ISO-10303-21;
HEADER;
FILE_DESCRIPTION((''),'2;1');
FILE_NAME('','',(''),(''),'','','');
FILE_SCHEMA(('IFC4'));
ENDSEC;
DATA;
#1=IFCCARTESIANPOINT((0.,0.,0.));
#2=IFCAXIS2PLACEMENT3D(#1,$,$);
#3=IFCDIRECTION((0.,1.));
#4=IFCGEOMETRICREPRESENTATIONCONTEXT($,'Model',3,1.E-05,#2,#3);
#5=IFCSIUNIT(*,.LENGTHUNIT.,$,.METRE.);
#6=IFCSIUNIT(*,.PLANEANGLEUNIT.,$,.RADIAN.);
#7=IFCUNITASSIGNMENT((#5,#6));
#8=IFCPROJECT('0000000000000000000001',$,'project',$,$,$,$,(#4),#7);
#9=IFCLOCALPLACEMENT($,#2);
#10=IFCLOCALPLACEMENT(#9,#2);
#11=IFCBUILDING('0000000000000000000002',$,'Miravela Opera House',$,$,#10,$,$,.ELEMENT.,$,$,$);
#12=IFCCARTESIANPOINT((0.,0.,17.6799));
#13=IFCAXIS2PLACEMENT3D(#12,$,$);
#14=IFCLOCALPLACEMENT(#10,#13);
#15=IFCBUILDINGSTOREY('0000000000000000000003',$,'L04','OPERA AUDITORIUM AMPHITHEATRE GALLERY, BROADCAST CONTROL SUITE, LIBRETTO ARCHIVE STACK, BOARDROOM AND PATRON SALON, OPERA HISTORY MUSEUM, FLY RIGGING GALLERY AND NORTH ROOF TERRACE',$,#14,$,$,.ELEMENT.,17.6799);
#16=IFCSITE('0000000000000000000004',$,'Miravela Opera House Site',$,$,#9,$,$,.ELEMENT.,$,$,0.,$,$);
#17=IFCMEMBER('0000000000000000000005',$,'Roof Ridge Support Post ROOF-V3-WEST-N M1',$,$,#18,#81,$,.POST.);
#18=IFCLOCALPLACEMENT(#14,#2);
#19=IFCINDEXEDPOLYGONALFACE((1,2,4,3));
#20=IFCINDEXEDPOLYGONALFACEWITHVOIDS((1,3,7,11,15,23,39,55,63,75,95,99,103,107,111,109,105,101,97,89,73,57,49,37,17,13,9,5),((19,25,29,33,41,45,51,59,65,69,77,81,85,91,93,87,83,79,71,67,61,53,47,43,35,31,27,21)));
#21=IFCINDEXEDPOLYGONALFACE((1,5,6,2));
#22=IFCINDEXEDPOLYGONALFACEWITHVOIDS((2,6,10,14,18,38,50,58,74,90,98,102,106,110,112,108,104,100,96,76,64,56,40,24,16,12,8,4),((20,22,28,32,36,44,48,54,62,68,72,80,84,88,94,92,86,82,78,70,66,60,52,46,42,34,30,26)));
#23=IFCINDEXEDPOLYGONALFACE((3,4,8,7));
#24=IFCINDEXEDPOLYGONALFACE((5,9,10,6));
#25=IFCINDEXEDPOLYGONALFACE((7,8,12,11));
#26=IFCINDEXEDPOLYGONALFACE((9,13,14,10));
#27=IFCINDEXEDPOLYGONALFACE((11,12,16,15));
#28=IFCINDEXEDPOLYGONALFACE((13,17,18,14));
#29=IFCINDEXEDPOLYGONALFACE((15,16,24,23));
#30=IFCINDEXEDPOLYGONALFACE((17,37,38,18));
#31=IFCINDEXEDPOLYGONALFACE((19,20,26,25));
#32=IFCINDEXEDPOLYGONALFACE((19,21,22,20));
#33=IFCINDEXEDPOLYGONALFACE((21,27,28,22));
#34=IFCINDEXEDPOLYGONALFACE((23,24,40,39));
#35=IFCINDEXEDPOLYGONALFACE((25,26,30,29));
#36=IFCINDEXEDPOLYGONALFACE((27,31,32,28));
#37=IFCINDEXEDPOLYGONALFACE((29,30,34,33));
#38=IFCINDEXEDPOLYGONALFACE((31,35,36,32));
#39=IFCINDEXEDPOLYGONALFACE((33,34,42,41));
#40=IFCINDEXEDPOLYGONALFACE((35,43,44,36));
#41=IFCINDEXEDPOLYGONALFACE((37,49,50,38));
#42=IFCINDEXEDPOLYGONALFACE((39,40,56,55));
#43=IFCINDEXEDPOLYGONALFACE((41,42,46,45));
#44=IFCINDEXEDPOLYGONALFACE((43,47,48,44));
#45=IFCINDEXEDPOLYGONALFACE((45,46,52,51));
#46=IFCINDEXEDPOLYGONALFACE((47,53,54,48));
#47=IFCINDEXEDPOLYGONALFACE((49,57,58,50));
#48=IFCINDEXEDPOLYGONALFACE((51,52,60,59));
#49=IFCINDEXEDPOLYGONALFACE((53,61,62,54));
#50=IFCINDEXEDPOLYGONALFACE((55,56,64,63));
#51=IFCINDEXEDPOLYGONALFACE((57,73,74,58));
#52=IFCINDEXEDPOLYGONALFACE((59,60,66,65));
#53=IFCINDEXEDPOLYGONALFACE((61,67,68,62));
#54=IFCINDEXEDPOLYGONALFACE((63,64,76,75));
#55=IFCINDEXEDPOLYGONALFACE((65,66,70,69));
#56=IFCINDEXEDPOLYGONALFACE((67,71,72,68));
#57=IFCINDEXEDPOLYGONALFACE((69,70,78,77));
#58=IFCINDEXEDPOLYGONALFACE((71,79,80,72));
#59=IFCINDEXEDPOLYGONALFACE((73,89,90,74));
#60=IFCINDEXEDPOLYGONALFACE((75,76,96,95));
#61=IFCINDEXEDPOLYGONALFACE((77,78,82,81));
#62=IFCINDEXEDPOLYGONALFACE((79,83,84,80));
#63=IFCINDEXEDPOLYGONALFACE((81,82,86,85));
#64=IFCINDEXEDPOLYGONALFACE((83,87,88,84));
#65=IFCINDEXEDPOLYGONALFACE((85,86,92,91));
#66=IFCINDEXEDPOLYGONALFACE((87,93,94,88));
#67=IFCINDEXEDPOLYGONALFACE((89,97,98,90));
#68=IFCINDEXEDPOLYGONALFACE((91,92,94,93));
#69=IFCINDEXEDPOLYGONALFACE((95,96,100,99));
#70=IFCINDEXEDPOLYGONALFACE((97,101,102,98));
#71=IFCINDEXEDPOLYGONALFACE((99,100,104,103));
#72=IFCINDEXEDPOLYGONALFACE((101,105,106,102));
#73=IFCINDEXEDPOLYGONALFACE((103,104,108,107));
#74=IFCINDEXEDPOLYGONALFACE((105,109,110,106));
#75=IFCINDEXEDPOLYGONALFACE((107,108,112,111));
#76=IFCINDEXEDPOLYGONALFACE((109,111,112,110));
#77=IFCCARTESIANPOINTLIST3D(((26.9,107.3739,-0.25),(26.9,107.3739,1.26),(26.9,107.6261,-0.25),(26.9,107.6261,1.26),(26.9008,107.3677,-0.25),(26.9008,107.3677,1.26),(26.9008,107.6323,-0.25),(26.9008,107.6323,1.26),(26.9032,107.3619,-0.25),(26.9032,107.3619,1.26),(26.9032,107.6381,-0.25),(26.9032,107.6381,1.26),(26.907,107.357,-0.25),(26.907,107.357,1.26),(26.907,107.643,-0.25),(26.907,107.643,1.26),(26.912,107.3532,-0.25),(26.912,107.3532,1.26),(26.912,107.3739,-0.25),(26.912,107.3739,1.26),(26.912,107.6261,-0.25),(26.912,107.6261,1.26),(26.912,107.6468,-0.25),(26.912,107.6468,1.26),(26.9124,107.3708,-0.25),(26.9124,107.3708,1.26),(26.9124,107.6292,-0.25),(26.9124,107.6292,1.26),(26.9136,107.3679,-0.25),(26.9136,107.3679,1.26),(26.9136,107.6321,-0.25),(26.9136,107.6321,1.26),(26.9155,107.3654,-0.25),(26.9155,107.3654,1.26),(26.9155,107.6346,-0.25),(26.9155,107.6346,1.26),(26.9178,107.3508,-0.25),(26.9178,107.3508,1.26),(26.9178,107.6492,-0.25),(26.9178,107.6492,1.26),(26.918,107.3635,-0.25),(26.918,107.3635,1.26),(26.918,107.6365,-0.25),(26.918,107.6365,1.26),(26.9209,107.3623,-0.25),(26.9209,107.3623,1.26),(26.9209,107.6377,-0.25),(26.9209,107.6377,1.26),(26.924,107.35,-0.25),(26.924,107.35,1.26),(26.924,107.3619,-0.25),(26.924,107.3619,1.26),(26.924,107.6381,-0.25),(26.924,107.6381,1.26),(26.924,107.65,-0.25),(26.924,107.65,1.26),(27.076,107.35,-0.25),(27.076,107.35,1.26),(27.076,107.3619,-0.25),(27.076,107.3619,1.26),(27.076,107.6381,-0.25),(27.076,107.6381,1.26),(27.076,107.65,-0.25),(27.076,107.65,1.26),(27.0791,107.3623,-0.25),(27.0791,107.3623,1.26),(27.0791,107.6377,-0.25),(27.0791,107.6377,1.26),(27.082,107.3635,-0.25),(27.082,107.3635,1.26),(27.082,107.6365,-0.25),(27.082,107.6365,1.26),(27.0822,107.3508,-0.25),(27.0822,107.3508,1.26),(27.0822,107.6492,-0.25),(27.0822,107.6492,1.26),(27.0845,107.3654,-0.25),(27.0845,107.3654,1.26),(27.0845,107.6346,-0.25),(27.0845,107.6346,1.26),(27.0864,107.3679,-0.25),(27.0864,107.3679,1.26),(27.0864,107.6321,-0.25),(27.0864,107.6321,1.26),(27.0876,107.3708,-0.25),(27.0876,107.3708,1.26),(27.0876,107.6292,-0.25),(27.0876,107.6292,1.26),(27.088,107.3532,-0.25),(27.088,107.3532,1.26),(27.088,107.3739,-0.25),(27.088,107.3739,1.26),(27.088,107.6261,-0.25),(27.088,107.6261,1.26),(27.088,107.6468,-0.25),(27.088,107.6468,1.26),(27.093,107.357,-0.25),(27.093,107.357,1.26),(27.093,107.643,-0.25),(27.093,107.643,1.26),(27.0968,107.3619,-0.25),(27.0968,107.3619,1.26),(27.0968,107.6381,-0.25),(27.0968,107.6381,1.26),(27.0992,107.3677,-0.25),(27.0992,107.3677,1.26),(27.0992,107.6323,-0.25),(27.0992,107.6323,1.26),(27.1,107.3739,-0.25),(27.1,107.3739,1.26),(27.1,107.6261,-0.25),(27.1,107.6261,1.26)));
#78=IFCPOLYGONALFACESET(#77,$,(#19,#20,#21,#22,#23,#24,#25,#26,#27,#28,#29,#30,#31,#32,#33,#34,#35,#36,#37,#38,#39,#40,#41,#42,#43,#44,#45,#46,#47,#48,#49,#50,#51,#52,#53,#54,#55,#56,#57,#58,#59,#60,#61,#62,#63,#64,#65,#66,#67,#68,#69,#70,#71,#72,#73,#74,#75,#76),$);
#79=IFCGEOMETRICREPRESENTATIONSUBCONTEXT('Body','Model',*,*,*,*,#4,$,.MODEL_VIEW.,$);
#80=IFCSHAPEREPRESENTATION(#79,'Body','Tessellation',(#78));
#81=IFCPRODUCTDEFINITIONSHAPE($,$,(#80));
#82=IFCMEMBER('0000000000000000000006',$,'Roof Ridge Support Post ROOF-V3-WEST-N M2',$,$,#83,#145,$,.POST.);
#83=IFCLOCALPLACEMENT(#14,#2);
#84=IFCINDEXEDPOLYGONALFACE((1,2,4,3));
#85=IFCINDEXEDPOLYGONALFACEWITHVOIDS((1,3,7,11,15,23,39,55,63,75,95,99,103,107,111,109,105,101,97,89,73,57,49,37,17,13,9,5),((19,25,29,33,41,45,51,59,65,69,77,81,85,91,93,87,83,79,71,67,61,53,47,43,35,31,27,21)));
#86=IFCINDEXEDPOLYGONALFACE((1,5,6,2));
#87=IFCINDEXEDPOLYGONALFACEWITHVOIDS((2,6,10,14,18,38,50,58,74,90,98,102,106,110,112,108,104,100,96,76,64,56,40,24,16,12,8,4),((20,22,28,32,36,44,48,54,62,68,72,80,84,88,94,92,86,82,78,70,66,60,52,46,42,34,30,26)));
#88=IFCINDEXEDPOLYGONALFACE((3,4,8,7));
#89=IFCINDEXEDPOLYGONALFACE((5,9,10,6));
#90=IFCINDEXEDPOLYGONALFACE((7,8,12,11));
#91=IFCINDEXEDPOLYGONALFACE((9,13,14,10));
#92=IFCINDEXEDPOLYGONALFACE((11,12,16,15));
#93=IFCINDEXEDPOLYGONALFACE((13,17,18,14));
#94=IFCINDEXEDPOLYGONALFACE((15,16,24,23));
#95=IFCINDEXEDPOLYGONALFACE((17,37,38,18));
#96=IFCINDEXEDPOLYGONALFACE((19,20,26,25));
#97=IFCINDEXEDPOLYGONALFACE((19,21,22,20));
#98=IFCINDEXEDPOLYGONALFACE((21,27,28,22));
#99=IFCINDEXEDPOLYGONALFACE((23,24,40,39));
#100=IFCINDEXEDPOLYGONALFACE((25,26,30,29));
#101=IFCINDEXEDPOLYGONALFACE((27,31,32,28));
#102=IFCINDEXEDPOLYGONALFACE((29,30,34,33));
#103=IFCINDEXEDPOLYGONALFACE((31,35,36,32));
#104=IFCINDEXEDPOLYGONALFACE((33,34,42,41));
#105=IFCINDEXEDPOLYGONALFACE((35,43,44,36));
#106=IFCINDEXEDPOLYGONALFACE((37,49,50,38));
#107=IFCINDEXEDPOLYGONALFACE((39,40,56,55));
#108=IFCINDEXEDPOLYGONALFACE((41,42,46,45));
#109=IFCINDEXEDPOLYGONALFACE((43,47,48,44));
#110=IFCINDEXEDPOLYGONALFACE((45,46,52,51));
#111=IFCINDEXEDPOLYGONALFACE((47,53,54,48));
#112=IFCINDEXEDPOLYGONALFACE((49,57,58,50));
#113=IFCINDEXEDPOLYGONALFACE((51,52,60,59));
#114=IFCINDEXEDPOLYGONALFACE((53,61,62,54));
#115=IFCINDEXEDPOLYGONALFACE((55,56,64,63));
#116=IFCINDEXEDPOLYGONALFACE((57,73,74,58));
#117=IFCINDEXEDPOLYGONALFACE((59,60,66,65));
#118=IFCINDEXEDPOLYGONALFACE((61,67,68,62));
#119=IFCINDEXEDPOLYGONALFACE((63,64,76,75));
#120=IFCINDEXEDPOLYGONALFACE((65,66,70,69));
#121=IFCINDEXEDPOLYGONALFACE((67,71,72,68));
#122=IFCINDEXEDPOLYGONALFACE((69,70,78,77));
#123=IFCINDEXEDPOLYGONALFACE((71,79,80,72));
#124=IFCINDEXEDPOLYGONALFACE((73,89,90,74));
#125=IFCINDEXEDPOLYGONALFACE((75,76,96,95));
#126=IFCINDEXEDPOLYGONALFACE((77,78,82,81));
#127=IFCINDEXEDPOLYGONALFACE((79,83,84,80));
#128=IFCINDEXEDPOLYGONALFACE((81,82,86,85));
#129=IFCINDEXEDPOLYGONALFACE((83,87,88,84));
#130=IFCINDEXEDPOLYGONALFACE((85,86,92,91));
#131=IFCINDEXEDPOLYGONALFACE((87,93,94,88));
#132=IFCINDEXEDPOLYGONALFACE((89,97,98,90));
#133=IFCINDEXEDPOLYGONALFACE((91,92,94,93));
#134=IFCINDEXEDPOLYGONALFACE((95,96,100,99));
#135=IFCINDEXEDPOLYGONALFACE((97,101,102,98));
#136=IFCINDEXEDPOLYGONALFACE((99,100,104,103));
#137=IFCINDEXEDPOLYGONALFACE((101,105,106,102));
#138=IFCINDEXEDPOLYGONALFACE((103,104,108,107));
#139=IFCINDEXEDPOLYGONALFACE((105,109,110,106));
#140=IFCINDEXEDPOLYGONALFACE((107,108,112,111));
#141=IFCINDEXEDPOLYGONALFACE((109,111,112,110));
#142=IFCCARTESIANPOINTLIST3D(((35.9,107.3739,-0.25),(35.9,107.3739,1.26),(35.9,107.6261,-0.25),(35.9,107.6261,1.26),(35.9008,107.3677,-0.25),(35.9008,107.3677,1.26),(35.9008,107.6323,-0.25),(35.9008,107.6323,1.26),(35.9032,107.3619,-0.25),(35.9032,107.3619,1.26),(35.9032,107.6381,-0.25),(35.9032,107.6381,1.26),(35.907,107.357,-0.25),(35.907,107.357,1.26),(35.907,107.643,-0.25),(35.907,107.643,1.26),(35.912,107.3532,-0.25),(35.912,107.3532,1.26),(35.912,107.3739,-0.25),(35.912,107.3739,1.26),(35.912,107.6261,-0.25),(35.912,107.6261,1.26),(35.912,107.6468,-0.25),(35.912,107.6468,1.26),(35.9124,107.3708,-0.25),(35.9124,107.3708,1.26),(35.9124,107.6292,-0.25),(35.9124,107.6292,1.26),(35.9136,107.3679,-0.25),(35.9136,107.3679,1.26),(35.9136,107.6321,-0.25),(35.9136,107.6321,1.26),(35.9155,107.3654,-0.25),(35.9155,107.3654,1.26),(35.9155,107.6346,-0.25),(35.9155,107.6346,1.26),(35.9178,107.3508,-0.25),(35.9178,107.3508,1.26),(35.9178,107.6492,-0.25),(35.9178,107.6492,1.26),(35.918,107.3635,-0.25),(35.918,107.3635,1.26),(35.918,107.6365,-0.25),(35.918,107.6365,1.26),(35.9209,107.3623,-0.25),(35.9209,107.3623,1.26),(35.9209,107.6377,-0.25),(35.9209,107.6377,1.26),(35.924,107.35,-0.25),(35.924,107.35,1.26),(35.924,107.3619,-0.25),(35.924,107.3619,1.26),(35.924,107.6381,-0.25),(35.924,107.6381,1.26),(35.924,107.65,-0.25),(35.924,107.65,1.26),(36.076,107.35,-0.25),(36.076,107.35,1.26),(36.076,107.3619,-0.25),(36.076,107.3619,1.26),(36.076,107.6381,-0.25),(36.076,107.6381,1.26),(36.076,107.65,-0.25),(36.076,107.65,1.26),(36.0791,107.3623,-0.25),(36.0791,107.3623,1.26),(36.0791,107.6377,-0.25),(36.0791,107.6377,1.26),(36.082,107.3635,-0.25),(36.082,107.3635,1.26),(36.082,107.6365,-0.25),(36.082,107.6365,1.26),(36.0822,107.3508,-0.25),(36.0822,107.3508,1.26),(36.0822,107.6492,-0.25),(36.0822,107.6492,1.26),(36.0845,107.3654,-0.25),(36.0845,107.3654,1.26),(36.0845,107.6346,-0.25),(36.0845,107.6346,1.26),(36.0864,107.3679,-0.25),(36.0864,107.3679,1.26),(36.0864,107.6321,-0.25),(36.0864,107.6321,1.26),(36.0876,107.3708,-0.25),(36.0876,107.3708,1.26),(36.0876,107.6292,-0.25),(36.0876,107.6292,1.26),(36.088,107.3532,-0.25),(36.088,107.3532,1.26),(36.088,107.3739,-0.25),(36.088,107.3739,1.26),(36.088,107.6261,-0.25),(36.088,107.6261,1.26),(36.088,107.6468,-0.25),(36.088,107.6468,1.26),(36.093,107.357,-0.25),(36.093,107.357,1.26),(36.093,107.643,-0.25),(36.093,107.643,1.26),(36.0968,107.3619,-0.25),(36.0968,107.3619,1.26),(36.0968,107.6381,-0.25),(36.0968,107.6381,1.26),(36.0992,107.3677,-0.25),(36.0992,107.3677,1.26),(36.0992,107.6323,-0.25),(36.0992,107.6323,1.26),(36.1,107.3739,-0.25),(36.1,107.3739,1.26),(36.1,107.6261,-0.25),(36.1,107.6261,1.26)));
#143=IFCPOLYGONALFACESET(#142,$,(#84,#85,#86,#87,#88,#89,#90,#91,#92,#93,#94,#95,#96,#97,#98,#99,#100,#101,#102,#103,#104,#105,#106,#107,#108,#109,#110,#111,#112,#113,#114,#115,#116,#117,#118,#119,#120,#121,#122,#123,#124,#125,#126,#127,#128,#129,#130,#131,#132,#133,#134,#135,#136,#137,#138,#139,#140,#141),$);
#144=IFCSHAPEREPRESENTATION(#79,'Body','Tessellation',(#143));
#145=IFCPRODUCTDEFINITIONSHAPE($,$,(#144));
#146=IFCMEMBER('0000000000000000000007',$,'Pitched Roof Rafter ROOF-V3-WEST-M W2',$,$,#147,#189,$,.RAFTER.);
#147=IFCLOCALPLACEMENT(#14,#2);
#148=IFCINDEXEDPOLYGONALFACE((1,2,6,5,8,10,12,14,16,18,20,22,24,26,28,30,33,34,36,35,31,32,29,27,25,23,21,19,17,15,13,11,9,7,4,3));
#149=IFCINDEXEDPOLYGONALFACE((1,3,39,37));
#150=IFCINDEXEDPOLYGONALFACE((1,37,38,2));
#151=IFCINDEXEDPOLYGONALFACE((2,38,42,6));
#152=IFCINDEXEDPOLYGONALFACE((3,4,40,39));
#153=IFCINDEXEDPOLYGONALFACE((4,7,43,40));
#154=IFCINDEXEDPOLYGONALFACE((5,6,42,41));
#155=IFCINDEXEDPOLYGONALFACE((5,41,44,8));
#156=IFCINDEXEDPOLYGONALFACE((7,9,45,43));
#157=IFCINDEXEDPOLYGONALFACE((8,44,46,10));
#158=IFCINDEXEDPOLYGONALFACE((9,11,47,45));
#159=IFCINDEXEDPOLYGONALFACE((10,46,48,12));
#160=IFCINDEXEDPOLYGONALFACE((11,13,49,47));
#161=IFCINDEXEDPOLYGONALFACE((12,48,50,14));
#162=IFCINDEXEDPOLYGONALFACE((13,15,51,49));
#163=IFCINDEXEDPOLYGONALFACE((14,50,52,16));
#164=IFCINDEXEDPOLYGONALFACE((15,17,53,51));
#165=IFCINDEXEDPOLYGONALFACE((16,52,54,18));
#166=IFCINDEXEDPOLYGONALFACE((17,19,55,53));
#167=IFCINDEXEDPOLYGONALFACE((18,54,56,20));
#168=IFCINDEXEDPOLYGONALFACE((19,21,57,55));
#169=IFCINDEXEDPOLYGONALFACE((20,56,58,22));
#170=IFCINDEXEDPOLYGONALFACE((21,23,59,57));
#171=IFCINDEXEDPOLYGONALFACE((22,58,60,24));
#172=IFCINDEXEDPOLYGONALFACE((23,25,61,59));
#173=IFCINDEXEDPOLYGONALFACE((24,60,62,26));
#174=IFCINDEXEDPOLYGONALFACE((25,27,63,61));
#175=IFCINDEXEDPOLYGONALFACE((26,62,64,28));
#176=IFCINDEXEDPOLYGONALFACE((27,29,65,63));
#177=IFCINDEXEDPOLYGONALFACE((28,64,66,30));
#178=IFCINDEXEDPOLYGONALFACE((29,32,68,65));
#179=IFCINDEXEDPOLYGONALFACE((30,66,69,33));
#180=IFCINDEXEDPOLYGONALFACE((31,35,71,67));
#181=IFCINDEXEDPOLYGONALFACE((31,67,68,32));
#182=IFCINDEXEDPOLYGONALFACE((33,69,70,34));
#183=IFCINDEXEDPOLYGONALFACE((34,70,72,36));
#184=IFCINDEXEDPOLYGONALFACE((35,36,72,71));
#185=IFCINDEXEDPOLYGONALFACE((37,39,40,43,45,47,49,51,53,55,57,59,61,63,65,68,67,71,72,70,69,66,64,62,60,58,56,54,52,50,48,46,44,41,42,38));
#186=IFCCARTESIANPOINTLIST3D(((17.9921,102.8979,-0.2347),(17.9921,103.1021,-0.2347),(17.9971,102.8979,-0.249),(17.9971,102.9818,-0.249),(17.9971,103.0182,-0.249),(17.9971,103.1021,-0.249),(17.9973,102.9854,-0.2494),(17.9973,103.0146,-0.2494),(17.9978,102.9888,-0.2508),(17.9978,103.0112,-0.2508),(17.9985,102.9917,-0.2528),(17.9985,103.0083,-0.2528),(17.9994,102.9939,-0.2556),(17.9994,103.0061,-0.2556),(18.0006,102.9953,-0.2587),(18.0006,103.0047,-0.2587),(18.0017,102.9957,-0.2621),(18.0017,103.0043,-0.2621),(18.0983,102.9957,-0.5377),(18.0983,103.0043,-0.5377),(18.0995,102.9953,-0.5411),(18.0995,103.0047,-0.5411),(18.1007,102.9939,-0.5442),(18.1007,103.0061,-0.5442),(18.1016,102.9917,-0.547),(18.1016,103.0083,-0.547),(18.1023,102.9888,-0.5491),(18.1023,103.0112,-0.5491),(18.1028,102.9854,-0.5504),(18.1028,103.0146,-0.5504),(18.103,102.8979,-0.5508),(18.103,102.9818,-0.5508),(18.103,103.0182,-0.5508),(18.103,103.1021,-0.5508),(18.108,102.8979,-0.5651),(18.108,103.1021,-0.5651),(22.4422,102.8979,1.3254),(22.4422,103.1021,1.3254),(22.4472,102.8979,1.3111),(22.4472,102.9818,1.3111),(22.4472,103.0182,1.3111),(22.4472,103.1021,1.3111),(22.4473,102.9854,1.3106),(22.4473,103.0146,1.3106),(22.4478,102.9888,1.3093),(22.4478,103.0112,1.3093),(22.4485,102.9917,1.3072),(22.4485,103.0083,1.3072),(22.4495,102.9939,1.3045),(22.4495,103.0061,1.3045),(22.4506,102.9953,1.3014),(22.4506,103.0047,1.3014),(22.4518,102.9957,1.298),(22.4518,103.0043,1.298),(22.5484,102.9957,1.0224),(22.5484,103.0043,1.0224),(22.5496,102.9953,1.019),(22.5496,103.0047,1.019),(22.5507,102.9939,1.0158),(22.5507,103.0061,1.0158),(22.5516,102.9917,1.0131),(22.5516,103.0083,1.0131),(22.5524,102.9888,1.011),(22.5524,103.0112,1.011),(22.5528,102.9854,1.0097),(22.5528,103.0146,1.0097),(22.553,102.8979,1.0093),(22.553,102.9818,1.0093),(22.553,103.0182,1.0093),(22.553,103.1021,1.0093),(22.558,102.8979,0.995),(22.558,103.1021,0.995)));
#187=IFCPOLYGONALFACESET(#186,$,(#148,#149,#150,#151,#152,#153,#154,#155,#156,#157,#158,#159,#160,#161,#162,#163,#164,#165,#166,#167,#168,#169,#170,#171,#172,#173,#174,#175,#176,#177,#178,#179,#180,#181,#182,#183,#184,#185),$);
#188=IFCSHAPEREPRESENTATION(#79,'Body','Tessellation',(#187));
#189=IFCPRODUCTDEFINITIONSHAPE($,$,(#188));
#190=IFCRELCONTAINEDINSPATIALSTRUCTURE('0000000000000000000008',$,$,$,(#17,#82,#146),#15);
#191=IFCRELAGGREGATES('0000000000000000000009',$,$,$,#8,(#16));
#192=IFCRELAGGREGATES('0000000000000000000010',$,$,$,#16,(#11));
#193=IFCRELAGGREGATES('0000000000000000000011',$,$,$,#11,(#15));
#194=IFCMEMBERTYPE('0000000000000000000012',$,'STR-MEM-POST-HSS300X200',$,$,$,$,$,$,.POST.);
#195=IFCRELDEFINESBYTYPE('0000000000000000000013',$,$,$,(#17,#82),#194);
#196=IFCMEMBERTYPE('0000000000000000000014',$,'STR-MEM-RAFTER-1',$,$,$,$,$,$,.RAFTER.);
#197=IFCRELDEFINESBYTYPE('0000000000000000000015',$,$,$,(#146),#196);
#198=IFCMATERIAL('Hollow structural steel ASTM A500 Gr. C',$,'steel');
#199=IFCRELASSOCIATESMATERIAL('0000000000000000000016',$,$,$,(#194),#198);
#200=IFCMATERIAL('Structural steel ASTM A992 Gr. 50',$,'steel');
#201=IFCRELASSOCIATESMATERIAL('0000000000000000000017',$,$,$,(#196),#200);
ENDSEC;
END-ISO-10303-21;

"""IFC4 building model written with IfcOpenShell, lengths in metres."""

from ifc_helpers import new_model, si_unit, direction, frame, origin, origin_2d, place, context, subcontext, project, spatial, hollow_rectangle, i_section, extrude, material, material_profile, profile_set, type_object, element, save


model = new_model("IFC4")

# Units and contexts
model_context = context("Model", 3, precision=1e-05, world=origin(), true_north=direction((0.0, 1.0)))
body_context = subcontext(model_context, "Body", "Model", "MODEL_VIEW")
ifc_project = project(units=[si_unit("LENGTHUNIT", "METRE"), si_unit("PLANEANGLEUNIT", "RADIAN")], contexts=[model_context])

# Site, building, storey
site_placement = place(None, origin())
site = spatial("IfcSite", under=ifc_project, at=site_placement, Name="Miravela Opera House Site", CompositionType="ELEMENT", RefElevation=0.0)
building_placement = place(site_placement, origin())
building = spatial("IfcBuilding", under=site, at=building_placement, Name="Miravela Opera House", CompositionType="ELEMENT")
storey_placement = place(building_placement, frame((0.0, 0.0, 17.6799)))
storey = spatial("IfcBuildingStorey", under=building, at=storey_placement, Name="L04", Description="OPERA AUDITORIUM AMPHITHEATRE GALLERY, BROADCAST CONTROL SUITE, LIBRETTO ARCHIVE STACK, BOARDROOM AND PATRON SALON, OPERA HISTORY MUSEUM, FLY RIGGING GALLERY AND NORTH ROOF TERRACE", CompositionType="ELEMENT", Elevation=17.6799)

# Shared definitions
ifc_material_1 = material(Name="Structural steel ASTM A992 Gr. 50", Category="steel")

# Members
ifc_material_2 = material(Name="Hollow structural steel ASTM A500 Gr. C", Category="steel")
ifc_material_profile_1 = material_profile(ifc_material_2, hollow_rectangle(XDim=0.2, YDim=0.3, WallThickness=0.012, InnerFilletRadius=0.012, OuterFilletRadius=0.0239, at=origin_2d()), Name="HSS300X200X12")
ifc_profile_set_1 = profile_set([ifc_material_profile_1])
member_type_1 = type_object("IfcMemberType", Name="STR-MEM-POST-HSS300X200", PredefinedType="POST", material=ifc_profile_set_1)
for number, where, z_axis, x_axis, name in (
    (1, (27.0, 107.5, -0.25), (0.0, 0.0, 1.0), (1.0, 0.0, 0.0), "Roof Ridge Support Post ROOF-V3-WEST-N M1"),
    (2, (36.0, 107.5, -0.25), (0.0, 0.0, 1.0), (1.0, 0.0, 0.0), "Roof Ridge Support Post ROOF-V3-WEST-N M2"),
):
    element("IfcMember", number, at=place(storey_placement, frame(where, z_axis=z_axis, x_axis=x_axis)), inside=storey, type_object=member_type_1, Name=name, PredefinedType="POST", context=body_context, shape_type="SweptSolid", body=[
        extrude(hollow_rectangle(XDim=0.2, YDim=0.3, WallThickness=0.012, InnerFilletRadius=0.012, OuterFilletRadius=0.0239, at=origin_2d()), origin(), (0.0, 0.0, 1.0), 1.51),
    ])
ifc_material_profile_2 = material_profile(ifc_material_1, i_section(OverallWidth=0.2041, OverallDepth=0.3501, WebThickness=0.0085, FlangeThickness=0.0151, FilletRadius=0.0139, at=origin_2d()), Name="W360X72")
ifc_profile_set_2 = profile_set([ifc_material_profile_2])
member_type_2 = type_object("IfcMemberType", Name="STR-MEM-RAFTER-1", PredefinedType="RAFTER", material=ifc_profile_set_2)
for number, where, z_axis, x_axis, name in (
    (3, (18.05, 103.0, -0.3999), (0.943688, 0.0, 0.330837), (0.0, 1.0, 0.0), "Pitched Roof Rafter ROOF-V3-WEST-M W2"),
):
    element("IfcMember", number, at=place(storey_placement, frame(where, z_axis=z_axis, x_axis=x_axis)), inside=storey, type_object=member_type_2, Name=name, PredefinedType="RAFTER", context=body_context, shape_type="SweptSolid", body=[
        extrude(i_section(OverallWidth=0.2041, OverallDepth=0.3501, WebThickness=0.0085, FlangeThickness=0.0151, FilletRadius=0.0139, at=origin_2d()), origin(), (0.0, 0.0, 1.0), 4.7156),
    ])

save(model, "model.ifc")
